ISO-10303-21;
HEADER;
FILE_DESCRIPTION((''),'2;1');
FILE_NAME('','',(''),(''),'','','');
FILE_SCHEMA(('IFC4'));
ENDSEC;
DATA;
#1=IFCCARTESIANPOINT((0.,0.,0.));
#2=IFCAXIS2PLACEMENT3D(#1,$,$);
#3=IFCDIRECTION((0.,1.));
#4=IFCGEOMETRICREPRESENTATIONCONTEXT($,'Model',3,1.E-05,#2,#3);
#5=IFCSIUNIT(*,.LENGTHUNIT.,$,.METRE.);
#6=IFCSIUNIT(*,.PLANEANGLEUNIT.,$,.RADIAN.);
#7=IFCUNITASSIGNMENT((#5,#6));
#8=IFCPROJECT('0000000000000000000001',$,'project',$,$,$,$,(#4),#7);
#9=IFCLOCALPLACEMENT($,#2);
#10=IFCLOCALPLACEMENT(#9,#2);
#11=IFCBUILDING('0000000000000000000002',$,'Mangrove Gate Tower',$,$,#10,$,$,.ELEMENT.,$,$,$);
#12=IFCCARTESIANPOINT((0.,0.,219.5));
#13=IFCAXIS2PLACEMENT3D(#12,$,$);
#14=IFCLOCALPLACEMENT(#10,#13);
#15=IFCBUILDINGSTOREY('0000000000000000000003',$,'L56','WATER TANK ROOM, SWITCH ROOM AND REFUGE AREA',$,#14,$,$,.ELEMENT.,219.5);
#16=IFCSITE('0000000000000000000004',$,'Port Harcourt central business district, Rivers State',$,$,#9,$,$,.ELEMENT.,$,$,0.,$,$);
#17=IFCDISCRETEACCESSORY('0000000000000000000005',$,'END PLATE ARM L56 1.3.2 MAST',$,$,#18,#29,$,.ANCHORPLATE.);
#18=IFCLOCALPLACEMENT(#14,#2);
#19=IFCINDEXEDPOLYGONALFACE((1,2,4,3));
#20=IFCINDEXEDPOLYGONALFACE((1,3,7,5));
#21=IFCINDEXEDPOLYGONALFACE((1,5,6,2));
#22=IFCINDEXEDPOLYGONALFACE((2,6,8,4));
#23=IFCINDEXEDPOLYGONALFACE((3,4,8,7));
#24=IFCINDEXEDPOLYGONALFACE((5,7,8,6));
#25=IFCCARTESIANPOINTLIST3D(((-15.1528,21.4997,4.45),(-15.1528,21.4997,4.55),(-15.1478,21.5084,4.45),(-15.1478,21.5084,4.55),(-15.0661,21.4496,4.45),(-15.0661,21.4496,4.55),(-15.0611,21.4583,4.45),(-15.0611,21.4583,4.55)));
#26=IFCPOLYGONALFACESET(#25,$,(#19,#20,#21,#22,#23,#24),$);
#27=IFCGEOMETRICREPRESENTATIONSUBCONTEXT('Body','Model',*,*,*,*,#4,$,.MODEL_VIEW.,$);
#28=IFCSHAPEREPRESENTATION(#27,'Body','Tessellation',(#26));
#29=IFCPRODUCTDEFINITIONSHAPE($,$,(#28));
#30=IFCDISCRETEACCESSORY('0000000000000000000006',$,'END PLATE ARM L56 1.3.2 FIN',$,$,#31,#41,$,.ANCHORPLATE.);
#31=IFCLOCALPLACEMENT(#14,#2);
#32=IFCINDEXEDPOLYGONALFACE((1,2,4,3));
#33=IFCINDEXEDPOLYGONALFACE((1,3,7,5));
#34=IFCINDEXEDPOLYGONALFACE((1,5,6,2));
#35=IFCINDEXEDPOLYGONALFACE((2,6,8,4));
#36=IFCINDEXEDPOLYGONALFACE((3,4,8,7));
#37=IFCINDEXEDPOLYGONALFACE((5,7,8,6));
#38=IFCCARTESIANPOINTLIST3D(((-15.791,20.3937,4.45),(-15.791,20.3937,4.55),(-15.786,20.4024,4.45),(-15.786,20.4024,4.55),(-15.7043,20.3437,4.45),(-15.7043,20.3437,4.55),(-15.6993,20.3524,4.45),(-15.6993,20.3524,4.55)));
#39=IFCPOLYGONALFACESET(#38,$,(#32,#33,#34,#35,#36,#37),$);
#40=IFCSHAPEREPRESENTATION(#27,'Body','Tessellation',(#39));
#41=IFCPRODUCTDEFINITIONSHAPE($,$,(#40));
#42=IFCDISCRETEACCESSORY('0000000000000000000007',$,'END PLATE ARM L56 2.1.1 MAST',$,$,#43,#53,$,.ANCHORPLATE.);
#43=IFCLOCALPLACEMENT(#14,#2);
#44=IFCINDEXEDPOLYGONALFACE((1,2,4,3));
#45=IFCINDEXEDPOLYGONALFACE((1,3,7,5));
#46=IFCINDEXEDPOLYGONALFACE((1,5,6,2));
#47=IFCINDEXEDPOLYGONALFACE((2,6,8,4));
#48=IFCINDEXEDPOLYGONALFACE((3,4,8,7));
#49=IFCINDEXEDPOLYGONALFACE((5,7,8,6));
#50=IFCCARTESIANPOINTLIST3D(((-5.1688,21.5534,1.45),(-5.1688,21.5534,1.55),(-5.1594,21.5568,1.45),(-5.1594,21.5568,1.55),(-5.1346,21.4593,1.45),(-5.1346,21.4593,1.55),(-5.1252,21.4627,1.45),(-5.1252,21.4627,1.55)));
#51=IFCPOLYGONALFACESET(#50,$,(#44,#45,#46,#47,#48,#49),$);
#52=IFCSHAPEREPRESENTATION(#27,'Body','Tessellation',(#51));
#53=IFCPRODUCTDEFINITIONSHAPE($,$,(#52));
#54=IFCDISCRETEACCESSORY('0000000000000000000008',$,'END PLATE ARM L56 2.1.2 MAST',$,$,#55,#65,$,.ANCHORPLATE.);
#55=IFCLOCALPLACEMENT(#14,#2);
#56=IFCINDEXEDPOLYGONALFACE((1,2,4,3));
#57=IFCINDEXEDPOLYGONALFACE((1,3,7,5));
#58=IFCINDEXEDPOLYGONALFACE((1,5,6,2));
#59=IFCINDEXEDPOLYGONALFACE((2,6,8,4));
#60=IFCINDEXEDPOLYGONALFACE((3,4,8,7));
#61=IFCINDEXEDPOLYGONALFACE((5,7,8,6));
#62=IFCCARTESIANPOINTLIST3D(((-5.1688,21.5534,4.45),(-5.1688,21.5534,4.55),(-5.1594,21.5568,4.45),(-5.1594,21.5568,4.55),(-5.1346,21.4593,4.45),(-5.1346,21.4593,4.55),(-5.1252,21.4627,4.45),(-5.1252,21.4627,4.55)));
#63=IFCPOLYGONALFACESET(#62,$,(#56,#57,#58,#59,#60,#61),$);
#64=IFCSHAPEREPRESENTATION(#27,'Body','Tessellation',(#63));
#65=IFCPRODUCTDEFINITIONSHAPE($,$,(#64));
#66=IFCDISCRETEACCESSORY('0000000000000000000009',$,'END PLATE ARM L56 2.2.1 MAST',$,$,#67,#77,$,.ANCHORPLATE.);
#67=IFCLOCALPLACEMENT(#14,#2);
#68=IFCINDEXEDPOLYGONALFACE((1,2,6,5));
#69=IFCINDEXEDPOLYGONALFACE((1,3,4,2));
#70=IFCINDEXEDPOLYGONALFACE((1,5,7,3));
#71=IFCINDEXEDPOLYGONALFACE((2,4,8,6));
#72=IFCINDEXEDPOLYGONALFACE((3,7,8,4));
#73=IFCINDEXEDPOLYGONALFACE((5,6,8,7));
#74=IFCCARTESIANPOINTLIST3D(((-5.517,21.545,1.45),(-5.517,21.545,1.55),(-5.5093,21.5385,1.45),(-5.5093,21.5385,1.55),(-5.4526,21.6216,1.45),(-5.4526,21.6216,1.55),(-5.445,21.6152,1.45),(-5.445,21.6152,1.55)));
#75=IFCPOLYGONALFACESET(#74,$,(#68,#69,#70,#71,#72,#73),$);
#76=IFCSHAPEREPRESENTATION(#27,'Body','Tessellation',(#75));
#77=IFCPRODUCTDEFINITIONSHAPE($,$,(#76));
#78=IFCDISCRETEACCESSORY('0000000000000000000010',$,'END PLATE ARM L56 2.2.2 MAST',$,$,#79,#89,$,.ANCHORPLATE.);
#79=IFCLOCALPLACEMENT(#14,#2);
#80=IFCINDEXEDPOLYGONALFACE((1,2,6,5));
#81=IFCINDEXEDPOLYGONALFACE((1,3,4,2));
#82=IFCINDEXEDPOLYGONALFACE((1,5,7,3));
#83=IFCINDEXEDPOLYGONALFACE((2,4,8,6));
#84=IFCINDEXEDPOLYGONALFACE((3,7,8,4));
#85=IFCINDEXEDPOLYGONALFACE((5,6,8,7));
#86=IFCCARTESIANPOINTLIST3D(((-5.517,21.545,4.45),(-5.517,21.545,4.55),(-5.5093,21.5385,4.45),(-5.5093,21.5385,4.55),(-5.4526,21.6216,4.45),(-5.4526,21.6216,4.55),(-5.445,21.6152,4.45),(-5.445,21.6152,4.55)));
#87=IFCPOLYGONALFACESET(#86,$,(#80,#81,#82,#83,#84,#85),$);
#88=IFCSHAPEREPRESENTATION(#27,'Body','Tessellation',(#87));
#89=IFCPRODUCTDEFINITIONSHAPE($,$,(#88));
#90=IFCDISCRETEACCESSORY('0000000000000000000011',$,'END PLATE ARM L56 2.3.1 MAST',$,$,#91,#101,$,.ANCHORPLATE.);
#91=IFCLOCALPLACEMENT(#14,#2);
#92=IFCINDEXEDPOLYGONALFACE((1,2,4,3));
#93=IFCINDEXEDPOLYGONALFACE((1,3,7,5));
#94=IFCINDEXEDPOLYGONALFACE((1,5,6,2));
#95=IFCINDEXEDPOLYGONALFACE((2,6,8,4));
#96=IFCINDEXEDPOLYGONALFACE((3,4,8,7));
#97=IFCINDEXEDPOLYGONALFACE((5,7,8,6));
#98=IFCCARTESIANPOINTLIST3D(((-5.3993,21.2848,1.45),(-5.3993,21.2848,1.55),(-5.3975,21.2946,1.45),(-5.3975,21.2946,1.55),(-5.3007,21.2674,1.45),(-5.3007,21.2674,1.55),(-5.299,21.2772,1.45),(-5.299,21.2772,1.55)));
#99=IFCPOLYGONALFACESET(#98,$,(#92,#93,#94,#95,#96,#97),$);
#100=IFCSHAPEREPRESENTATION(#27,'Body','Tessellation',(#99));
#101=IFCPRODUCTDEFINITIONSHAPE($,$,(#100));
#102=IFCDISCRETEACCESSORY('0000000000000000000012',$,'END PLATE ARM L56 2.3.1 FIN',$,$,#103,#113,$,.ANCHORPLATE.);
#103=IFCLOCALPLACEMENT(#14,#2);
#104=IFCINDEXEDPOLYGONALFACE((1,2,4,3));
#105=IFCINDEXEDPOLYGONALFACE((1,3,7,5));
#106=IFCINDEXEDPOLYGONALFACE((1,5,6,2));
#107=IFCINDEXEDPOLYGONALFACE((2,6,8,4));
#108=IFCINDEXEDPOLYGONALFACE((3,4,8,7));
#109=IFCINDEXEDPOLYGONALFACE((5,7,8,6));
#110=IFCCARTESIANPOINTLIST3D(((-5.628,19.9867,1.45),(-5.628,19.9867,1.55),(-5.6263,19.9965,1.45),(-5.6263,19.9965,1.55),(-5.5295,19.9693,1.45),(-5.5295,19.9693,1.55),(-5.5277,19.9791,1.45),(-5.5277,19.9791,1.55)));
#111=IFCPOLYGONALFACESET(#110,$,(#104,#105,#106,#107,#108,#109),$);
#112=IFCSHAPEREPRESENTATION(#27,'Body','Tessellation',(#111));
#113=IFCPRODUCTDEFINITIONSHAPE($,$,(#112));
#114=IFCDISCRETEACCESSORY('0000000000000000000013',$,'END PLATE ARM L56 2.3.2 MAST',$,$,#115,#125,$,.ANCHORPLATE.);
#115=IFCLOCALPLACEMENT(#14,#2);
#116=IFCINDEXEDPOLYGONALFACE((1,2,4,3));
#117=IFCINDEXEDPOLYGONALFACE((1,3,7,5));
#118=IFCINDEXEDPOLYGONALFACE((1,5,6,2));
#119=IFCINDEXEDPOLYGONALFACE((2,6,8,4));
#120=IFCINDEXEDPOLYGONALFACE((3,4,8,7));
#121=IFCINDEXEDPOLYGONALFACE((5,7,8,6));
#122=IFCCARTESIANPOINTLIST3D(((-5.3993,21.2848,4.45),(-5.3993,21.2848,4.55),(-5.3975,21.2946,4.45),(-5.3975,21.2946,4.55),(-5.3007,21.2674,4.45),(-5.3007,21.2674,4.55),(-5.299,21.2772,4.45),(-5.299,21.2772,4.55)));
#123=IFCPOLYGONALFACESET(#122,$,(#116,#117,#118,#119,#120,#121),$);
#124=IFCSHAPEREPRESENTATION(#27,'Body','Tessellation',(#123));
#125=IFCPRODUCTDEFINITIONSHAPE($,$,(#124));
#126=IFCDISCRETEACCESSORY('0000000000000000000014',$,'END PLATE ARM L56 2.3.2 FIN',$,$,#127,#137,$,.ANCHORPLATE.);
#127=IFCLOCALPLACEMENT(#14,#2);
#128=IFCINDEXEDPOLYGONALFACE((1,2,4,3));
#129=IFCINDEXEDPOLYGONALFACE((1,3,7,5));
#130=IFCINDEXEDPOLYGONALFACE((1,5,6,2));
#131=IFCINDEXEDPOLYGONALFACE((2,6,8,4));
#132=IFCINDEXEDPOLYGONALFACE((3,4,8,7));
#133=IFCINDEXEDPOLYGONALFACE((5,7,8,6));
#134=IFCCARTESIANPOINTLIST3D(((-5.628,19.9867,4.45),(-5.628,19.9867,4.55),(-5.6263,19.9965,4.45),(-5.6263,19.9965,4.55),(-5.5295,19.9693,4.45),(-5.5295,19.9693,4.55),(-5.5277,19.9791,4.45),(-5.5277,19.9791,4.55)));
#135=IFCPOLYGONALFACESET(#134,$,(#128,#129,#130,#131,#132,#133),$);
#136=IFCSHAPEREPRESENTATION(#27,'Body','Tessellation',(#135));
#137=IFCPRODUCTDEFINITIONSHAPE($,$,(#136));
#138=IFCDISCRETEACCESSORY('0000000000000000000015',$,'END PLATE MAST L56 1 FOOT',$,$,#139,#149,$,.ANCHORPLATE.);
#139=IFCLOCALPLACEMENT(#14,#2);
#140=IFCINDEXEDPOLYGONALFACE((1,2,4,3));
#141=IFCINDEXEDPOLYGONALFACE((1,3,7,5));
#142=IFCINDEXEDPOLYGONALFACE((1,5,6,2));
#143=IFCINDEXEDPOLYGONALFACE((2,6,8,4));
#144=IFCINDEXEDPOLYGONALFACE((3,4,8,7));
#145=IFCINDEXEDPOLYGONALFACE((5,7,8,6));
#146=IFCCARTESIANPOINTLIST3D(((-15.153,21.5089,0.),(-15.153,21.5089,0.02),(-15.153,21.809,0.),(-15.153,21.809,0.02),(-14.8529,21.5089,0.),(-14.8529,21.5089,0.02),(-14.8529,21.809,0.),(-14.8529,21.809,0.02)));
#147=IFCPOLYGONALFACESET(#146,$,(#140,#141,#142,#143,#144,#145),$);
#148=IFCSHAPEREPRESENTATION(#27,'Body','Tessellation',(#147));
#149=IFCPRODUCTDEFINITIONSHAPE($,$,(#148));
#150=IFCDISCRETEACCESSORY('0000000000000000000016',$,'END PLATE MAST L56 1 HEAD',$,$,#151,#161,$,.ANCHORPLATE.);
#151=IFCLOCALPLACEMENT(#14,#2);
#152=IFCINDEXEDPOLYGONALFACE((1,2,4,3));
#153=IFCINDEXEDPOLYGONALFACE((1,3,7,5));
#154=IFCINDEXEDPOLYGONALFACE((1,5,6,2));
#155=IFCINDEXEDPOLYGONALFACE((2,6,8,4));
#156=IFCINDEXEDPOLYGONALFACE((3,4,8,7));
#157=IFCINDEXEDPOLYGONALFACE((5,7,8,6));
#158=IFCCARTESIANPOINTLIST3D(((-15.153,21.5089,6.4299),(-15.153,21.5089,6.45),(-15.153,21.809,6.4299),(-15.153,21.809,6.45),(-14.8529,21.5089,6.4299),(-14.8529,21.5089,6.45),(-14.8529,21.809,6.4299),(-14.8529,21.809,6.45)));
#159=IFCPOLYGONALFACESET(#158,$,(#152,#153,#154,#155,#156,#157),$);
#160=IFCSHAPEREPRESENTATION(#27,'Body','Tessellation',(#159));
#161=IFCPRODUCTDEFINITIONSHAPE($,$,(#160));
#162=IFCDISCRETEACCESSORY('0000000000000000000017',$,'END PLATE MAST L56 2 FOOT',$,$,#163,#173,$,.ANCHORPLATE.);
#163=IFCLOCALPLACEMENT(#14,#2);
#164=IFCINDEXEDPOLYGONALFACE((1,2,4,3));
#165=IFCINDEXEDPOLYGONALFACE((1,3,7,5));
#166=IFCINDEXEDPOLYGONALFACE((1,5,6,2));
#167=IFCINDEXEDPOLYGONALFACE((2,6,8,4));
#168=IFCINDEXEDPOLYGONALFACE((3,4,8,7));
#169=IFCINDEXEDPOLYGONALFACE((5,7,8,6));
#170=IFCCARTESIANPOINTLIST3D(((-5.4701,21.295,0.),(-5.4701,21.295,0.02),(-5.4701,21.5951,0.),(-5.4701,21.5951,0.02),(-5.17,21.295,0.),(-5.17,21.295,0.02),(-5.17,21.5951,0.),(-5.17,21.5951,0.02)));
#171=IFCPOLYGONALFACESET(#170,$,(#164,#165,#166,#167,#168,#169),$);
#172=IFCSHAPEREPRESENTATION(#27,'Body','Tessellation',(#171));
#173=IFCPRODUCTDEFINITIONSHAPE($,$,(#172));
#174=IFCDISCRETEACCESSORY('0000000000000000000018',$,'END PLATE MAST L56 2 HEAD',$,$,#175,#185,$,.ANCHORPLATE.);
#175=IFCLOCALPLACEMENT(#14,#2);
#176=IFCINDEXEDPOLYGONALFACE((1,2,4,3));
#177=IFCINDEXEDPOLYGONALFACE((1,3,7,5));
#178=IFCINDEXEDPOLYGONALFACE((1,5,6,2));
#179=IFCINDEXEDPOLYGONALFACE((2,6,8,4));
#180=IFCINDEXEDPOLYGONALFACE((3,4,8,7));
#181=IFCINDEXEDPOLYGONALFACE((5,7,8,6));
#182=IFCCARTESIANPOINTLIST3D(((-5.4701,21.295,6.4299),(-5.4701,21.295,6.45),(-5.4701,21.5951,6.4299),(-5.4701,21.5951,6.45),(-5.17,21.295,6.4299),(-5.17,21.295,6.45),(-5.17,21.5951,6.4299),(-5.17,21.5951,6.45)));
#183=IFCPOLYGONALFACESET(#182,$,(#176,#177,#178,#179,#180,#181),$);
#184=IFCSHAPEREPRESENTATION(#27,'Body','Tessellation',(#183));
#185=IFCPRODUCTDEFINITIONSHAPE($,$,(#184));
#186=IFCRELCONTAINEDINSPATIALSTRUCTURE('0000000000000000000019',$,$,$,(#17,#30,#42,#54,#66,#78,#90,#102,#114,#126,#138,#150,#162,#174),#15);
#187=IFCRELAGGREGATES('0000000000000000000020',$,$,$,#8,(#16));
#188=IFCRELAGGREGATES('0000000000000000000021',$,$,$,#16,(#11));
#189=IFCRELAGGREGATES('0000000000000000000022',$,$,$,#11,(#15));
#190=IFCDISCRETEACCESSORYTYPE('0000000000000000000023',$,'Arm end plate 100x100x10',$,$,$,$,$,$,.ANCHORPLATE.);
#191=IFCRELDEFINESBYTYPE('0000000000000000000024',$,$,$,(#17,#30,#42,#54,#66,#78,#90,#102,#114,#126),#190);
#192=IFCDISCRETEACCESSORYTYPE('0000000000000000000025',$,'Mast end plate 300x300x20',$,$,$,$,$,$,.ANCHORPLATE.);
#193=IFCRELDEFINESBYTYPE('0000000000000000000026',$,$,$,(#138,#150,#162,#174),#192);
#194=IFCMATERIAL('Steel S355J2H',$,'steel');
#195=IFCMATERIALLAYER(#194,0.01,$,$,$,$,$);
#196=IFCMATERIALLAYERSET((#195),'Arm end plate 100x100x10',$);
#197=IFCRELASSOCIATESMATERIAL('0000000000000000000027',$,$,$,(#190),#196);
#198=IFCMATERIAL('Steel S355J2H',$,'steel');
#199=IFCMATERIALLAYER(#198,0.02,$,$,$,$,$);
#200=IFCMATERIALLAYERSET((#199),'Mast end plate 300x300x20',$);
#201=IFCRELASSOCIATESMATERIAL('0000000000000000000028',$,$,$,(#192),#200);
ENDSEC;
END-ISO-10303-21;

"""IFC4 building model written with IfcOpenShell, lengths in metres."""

from ifc_helpers import new_model, si_unit, direction, frame, origin, origin_2d, place, context, subcontext, project, spatial, rectangle, extrude, material, layer, layer_set, type_object, element, save


model = new_model("IFC4")

# Units and contexts
model_context = context("Model", 3, precision=1e-05, world=origin(), true_north=direction((0.0, 1.0)))
body_context = subcontext(model_context, "Body", "Model", "MODEL_VIEW")
ifc_project = project(units=[si_unit("LENGTHUNIT", "METRE"), si_unit("PLANEANGLEUNIT", "RADIAN")], contexts=[model_context])

# Site, building, storey
site_placement = place(None, origin())
site = spatial("IfcSite", under=ifc_project, at=site_placement, Name="Port Harcourt central business district, Rivers State", CompositionType="ELEMENT", RefElevation=0.0)
building_placement = place(site_placement, origin())
building = spatial("IfcBuilding", under=site, at=building_placement, Name="Mangrove Gate Tower", CompositionType="ELEMENT")
storey_placement = place(building_placement, frame((0.0, 0.0, 219.5)))
storey = spatial("IfcBuildingStorey", under=building, at=storey_placement, Name="L56", Description="WATER TANK ROOM, SWITCH ROOM AND REFUGE AREA", CompositionType="ELEMENT", Elevation=219.5)

# Discrete accessories
ifc_material_1 = material(Name="Steel S355J2H", Category="steel")
ifc_layer_1 = layer(ifc_material_1, 0.01)
ifc_layer_set_1 = layer_set([ifc_layer_1], Name="Arm end plate 100x100x10")
discrete_accessory_type_1 = type_object("IfcDiscreteAccessoryType", Name="Arm end plate 100x100x10", PredefinedType="ANCHORPLATE", material=ifc_layer_set_1)
for number, where, z_axis, x_axis, name in (
    (1, (-15.1069, 21.479, 4.45), (0.0, 0.0, 1.0), (-0.5, -0.866025, 0.0), "END PLATE ARM L56 1.3.2 MAST"),
    (2, (-15.7451, 20.373, 4.45), (0.0, 0.0, 1.0), (-0.5, -0.866025, 0.0), "END PLATE ARM L56 1.3.2 FIN"),
    (3, (-5.147, 21.5081, 1.45), (0.0, 0.0, 1.0), (0.939693, 0.34202, 0.0), "END PLATE ARM L56 2.1.1 MAST"),
    (4, (-5.147, 21.5081, 4.45), (0.0, 0.0, 1.0), (0.939693, 0.34202, 0.0), "END PLATE ARM L56 2.1.2 MAST"),
    (5, (-5.481, 21.5801, 1.45), (0.0, 0.0, 1.0), (-0.766044, 0.642788, 0.0), "END PLATE ARM L56 2.2.1 MAST"),
    (6, (-5.481, 21.5801, 4.45), (0.0, 0.0, 1.0), (-0.766044, 0.642788, 0.0), "END PLATE ARM L56 2.2.2 MAST"),
    (7, (-5.3491, 21.281, 1.45), (0.0, 0.0, 1.0), (-0.173648, -0.984808, 0.0), "END PLATE ARM L56 2.3.1 MAST"),
    (8, (-5.5779, 19.9829, 1.45), (0.0, 0.0, 1.0), (-0.173648, -0.984808, 0.0), "END PLATE ARM L56 2.3.1 FIN"),
    (9, (-5.3491, 21.281, 4.45), (0.0, 0.0, 1.0), (-0.173648, -0.984808, 0.0), "END PLATE ARM L56 2.3.2 MAST"),
    (10, (-5.5779, 19.9829, 4.45), (0.0, 0.0, 1.0), (-0.173648, -0.984808, 0.0), "END PLATE ARM L56 2.3.2 FIN"),
):
    element("IfcDiscreteAccessory", number, at=place(storey_placement, frame(where, z_axis=z_axis, x_axis=x_axis)), inside=storey, type_object=discrete_accessory_type_1, Name=name, PredefinedType="ANCHORPLATE", context=body_context, shape_type="SweptSolid", body=[
        extrude(rectangle(XDim=0.01, YDim=0.1001, at=origin_2d()), origin(), (0.0, 0.0, 1.0), 0.1001),
    ])
ifc_material_2 = material(Name="Steel S355J2H", Category="steel")
ifc_layer_2 = layer(ifc_material_2, 0.02)
ifc_layer_set_2 = layer_set([ifc_layer_2], Name="Mast end plate 300x300x20")
discrete_accessory_type_2 = type_object("IfcDiscreteAccessoryType", Name="Mast end plate 300x300x20", PredefinedType="ANCHORPLATE", material=ifc_layer_set_2)
for number, where, z_axis, x_axis, name in (
    (11, (-15.0029, 21.6589, 0.0), (0.0, 0.0, 1.0), (1.0, 0.0, 0.0), "END PLATE MAST L56 1 FOOT"),
    (12, (-15.0029, 21.6589, 6.4299), (0.0, 0.0, 1.0), (1.0, 0.0, 0.0), "END PLATE MAST L56 1 HEAD"),
    (13, (-5.3201, 21.4451, 0.0), (0.0, 0.0, 1.0), (1.0, 0.0, 0.0), "END PLATE MAST L56 2 FOOT"),
    (14, (-5.3201, 21.4451, 6.4299), (0.0, 0.0, 1.0), (1.0, 0.0, 0.0), "END PLATE MAST L56 2 HEAD"),
):
    element("IfcDiscreteAccessory", number, at=place(storey_placement, frame(where, z_axis=z_axis, x_axis=x_axis)), inside=storey, type_object=discrete_accessory_type_2, Name=name, PredefinedType="ANCHORPLATE", context=body_context, shape_type="SweptSolid", body=[
        extrude(rectangle(XDim=0.3, YDim=0.3, at=origin_2d()), origin(), (0.0, 0.0, 1.0), 0.02),
    ])

save(model, "model.ifc")
